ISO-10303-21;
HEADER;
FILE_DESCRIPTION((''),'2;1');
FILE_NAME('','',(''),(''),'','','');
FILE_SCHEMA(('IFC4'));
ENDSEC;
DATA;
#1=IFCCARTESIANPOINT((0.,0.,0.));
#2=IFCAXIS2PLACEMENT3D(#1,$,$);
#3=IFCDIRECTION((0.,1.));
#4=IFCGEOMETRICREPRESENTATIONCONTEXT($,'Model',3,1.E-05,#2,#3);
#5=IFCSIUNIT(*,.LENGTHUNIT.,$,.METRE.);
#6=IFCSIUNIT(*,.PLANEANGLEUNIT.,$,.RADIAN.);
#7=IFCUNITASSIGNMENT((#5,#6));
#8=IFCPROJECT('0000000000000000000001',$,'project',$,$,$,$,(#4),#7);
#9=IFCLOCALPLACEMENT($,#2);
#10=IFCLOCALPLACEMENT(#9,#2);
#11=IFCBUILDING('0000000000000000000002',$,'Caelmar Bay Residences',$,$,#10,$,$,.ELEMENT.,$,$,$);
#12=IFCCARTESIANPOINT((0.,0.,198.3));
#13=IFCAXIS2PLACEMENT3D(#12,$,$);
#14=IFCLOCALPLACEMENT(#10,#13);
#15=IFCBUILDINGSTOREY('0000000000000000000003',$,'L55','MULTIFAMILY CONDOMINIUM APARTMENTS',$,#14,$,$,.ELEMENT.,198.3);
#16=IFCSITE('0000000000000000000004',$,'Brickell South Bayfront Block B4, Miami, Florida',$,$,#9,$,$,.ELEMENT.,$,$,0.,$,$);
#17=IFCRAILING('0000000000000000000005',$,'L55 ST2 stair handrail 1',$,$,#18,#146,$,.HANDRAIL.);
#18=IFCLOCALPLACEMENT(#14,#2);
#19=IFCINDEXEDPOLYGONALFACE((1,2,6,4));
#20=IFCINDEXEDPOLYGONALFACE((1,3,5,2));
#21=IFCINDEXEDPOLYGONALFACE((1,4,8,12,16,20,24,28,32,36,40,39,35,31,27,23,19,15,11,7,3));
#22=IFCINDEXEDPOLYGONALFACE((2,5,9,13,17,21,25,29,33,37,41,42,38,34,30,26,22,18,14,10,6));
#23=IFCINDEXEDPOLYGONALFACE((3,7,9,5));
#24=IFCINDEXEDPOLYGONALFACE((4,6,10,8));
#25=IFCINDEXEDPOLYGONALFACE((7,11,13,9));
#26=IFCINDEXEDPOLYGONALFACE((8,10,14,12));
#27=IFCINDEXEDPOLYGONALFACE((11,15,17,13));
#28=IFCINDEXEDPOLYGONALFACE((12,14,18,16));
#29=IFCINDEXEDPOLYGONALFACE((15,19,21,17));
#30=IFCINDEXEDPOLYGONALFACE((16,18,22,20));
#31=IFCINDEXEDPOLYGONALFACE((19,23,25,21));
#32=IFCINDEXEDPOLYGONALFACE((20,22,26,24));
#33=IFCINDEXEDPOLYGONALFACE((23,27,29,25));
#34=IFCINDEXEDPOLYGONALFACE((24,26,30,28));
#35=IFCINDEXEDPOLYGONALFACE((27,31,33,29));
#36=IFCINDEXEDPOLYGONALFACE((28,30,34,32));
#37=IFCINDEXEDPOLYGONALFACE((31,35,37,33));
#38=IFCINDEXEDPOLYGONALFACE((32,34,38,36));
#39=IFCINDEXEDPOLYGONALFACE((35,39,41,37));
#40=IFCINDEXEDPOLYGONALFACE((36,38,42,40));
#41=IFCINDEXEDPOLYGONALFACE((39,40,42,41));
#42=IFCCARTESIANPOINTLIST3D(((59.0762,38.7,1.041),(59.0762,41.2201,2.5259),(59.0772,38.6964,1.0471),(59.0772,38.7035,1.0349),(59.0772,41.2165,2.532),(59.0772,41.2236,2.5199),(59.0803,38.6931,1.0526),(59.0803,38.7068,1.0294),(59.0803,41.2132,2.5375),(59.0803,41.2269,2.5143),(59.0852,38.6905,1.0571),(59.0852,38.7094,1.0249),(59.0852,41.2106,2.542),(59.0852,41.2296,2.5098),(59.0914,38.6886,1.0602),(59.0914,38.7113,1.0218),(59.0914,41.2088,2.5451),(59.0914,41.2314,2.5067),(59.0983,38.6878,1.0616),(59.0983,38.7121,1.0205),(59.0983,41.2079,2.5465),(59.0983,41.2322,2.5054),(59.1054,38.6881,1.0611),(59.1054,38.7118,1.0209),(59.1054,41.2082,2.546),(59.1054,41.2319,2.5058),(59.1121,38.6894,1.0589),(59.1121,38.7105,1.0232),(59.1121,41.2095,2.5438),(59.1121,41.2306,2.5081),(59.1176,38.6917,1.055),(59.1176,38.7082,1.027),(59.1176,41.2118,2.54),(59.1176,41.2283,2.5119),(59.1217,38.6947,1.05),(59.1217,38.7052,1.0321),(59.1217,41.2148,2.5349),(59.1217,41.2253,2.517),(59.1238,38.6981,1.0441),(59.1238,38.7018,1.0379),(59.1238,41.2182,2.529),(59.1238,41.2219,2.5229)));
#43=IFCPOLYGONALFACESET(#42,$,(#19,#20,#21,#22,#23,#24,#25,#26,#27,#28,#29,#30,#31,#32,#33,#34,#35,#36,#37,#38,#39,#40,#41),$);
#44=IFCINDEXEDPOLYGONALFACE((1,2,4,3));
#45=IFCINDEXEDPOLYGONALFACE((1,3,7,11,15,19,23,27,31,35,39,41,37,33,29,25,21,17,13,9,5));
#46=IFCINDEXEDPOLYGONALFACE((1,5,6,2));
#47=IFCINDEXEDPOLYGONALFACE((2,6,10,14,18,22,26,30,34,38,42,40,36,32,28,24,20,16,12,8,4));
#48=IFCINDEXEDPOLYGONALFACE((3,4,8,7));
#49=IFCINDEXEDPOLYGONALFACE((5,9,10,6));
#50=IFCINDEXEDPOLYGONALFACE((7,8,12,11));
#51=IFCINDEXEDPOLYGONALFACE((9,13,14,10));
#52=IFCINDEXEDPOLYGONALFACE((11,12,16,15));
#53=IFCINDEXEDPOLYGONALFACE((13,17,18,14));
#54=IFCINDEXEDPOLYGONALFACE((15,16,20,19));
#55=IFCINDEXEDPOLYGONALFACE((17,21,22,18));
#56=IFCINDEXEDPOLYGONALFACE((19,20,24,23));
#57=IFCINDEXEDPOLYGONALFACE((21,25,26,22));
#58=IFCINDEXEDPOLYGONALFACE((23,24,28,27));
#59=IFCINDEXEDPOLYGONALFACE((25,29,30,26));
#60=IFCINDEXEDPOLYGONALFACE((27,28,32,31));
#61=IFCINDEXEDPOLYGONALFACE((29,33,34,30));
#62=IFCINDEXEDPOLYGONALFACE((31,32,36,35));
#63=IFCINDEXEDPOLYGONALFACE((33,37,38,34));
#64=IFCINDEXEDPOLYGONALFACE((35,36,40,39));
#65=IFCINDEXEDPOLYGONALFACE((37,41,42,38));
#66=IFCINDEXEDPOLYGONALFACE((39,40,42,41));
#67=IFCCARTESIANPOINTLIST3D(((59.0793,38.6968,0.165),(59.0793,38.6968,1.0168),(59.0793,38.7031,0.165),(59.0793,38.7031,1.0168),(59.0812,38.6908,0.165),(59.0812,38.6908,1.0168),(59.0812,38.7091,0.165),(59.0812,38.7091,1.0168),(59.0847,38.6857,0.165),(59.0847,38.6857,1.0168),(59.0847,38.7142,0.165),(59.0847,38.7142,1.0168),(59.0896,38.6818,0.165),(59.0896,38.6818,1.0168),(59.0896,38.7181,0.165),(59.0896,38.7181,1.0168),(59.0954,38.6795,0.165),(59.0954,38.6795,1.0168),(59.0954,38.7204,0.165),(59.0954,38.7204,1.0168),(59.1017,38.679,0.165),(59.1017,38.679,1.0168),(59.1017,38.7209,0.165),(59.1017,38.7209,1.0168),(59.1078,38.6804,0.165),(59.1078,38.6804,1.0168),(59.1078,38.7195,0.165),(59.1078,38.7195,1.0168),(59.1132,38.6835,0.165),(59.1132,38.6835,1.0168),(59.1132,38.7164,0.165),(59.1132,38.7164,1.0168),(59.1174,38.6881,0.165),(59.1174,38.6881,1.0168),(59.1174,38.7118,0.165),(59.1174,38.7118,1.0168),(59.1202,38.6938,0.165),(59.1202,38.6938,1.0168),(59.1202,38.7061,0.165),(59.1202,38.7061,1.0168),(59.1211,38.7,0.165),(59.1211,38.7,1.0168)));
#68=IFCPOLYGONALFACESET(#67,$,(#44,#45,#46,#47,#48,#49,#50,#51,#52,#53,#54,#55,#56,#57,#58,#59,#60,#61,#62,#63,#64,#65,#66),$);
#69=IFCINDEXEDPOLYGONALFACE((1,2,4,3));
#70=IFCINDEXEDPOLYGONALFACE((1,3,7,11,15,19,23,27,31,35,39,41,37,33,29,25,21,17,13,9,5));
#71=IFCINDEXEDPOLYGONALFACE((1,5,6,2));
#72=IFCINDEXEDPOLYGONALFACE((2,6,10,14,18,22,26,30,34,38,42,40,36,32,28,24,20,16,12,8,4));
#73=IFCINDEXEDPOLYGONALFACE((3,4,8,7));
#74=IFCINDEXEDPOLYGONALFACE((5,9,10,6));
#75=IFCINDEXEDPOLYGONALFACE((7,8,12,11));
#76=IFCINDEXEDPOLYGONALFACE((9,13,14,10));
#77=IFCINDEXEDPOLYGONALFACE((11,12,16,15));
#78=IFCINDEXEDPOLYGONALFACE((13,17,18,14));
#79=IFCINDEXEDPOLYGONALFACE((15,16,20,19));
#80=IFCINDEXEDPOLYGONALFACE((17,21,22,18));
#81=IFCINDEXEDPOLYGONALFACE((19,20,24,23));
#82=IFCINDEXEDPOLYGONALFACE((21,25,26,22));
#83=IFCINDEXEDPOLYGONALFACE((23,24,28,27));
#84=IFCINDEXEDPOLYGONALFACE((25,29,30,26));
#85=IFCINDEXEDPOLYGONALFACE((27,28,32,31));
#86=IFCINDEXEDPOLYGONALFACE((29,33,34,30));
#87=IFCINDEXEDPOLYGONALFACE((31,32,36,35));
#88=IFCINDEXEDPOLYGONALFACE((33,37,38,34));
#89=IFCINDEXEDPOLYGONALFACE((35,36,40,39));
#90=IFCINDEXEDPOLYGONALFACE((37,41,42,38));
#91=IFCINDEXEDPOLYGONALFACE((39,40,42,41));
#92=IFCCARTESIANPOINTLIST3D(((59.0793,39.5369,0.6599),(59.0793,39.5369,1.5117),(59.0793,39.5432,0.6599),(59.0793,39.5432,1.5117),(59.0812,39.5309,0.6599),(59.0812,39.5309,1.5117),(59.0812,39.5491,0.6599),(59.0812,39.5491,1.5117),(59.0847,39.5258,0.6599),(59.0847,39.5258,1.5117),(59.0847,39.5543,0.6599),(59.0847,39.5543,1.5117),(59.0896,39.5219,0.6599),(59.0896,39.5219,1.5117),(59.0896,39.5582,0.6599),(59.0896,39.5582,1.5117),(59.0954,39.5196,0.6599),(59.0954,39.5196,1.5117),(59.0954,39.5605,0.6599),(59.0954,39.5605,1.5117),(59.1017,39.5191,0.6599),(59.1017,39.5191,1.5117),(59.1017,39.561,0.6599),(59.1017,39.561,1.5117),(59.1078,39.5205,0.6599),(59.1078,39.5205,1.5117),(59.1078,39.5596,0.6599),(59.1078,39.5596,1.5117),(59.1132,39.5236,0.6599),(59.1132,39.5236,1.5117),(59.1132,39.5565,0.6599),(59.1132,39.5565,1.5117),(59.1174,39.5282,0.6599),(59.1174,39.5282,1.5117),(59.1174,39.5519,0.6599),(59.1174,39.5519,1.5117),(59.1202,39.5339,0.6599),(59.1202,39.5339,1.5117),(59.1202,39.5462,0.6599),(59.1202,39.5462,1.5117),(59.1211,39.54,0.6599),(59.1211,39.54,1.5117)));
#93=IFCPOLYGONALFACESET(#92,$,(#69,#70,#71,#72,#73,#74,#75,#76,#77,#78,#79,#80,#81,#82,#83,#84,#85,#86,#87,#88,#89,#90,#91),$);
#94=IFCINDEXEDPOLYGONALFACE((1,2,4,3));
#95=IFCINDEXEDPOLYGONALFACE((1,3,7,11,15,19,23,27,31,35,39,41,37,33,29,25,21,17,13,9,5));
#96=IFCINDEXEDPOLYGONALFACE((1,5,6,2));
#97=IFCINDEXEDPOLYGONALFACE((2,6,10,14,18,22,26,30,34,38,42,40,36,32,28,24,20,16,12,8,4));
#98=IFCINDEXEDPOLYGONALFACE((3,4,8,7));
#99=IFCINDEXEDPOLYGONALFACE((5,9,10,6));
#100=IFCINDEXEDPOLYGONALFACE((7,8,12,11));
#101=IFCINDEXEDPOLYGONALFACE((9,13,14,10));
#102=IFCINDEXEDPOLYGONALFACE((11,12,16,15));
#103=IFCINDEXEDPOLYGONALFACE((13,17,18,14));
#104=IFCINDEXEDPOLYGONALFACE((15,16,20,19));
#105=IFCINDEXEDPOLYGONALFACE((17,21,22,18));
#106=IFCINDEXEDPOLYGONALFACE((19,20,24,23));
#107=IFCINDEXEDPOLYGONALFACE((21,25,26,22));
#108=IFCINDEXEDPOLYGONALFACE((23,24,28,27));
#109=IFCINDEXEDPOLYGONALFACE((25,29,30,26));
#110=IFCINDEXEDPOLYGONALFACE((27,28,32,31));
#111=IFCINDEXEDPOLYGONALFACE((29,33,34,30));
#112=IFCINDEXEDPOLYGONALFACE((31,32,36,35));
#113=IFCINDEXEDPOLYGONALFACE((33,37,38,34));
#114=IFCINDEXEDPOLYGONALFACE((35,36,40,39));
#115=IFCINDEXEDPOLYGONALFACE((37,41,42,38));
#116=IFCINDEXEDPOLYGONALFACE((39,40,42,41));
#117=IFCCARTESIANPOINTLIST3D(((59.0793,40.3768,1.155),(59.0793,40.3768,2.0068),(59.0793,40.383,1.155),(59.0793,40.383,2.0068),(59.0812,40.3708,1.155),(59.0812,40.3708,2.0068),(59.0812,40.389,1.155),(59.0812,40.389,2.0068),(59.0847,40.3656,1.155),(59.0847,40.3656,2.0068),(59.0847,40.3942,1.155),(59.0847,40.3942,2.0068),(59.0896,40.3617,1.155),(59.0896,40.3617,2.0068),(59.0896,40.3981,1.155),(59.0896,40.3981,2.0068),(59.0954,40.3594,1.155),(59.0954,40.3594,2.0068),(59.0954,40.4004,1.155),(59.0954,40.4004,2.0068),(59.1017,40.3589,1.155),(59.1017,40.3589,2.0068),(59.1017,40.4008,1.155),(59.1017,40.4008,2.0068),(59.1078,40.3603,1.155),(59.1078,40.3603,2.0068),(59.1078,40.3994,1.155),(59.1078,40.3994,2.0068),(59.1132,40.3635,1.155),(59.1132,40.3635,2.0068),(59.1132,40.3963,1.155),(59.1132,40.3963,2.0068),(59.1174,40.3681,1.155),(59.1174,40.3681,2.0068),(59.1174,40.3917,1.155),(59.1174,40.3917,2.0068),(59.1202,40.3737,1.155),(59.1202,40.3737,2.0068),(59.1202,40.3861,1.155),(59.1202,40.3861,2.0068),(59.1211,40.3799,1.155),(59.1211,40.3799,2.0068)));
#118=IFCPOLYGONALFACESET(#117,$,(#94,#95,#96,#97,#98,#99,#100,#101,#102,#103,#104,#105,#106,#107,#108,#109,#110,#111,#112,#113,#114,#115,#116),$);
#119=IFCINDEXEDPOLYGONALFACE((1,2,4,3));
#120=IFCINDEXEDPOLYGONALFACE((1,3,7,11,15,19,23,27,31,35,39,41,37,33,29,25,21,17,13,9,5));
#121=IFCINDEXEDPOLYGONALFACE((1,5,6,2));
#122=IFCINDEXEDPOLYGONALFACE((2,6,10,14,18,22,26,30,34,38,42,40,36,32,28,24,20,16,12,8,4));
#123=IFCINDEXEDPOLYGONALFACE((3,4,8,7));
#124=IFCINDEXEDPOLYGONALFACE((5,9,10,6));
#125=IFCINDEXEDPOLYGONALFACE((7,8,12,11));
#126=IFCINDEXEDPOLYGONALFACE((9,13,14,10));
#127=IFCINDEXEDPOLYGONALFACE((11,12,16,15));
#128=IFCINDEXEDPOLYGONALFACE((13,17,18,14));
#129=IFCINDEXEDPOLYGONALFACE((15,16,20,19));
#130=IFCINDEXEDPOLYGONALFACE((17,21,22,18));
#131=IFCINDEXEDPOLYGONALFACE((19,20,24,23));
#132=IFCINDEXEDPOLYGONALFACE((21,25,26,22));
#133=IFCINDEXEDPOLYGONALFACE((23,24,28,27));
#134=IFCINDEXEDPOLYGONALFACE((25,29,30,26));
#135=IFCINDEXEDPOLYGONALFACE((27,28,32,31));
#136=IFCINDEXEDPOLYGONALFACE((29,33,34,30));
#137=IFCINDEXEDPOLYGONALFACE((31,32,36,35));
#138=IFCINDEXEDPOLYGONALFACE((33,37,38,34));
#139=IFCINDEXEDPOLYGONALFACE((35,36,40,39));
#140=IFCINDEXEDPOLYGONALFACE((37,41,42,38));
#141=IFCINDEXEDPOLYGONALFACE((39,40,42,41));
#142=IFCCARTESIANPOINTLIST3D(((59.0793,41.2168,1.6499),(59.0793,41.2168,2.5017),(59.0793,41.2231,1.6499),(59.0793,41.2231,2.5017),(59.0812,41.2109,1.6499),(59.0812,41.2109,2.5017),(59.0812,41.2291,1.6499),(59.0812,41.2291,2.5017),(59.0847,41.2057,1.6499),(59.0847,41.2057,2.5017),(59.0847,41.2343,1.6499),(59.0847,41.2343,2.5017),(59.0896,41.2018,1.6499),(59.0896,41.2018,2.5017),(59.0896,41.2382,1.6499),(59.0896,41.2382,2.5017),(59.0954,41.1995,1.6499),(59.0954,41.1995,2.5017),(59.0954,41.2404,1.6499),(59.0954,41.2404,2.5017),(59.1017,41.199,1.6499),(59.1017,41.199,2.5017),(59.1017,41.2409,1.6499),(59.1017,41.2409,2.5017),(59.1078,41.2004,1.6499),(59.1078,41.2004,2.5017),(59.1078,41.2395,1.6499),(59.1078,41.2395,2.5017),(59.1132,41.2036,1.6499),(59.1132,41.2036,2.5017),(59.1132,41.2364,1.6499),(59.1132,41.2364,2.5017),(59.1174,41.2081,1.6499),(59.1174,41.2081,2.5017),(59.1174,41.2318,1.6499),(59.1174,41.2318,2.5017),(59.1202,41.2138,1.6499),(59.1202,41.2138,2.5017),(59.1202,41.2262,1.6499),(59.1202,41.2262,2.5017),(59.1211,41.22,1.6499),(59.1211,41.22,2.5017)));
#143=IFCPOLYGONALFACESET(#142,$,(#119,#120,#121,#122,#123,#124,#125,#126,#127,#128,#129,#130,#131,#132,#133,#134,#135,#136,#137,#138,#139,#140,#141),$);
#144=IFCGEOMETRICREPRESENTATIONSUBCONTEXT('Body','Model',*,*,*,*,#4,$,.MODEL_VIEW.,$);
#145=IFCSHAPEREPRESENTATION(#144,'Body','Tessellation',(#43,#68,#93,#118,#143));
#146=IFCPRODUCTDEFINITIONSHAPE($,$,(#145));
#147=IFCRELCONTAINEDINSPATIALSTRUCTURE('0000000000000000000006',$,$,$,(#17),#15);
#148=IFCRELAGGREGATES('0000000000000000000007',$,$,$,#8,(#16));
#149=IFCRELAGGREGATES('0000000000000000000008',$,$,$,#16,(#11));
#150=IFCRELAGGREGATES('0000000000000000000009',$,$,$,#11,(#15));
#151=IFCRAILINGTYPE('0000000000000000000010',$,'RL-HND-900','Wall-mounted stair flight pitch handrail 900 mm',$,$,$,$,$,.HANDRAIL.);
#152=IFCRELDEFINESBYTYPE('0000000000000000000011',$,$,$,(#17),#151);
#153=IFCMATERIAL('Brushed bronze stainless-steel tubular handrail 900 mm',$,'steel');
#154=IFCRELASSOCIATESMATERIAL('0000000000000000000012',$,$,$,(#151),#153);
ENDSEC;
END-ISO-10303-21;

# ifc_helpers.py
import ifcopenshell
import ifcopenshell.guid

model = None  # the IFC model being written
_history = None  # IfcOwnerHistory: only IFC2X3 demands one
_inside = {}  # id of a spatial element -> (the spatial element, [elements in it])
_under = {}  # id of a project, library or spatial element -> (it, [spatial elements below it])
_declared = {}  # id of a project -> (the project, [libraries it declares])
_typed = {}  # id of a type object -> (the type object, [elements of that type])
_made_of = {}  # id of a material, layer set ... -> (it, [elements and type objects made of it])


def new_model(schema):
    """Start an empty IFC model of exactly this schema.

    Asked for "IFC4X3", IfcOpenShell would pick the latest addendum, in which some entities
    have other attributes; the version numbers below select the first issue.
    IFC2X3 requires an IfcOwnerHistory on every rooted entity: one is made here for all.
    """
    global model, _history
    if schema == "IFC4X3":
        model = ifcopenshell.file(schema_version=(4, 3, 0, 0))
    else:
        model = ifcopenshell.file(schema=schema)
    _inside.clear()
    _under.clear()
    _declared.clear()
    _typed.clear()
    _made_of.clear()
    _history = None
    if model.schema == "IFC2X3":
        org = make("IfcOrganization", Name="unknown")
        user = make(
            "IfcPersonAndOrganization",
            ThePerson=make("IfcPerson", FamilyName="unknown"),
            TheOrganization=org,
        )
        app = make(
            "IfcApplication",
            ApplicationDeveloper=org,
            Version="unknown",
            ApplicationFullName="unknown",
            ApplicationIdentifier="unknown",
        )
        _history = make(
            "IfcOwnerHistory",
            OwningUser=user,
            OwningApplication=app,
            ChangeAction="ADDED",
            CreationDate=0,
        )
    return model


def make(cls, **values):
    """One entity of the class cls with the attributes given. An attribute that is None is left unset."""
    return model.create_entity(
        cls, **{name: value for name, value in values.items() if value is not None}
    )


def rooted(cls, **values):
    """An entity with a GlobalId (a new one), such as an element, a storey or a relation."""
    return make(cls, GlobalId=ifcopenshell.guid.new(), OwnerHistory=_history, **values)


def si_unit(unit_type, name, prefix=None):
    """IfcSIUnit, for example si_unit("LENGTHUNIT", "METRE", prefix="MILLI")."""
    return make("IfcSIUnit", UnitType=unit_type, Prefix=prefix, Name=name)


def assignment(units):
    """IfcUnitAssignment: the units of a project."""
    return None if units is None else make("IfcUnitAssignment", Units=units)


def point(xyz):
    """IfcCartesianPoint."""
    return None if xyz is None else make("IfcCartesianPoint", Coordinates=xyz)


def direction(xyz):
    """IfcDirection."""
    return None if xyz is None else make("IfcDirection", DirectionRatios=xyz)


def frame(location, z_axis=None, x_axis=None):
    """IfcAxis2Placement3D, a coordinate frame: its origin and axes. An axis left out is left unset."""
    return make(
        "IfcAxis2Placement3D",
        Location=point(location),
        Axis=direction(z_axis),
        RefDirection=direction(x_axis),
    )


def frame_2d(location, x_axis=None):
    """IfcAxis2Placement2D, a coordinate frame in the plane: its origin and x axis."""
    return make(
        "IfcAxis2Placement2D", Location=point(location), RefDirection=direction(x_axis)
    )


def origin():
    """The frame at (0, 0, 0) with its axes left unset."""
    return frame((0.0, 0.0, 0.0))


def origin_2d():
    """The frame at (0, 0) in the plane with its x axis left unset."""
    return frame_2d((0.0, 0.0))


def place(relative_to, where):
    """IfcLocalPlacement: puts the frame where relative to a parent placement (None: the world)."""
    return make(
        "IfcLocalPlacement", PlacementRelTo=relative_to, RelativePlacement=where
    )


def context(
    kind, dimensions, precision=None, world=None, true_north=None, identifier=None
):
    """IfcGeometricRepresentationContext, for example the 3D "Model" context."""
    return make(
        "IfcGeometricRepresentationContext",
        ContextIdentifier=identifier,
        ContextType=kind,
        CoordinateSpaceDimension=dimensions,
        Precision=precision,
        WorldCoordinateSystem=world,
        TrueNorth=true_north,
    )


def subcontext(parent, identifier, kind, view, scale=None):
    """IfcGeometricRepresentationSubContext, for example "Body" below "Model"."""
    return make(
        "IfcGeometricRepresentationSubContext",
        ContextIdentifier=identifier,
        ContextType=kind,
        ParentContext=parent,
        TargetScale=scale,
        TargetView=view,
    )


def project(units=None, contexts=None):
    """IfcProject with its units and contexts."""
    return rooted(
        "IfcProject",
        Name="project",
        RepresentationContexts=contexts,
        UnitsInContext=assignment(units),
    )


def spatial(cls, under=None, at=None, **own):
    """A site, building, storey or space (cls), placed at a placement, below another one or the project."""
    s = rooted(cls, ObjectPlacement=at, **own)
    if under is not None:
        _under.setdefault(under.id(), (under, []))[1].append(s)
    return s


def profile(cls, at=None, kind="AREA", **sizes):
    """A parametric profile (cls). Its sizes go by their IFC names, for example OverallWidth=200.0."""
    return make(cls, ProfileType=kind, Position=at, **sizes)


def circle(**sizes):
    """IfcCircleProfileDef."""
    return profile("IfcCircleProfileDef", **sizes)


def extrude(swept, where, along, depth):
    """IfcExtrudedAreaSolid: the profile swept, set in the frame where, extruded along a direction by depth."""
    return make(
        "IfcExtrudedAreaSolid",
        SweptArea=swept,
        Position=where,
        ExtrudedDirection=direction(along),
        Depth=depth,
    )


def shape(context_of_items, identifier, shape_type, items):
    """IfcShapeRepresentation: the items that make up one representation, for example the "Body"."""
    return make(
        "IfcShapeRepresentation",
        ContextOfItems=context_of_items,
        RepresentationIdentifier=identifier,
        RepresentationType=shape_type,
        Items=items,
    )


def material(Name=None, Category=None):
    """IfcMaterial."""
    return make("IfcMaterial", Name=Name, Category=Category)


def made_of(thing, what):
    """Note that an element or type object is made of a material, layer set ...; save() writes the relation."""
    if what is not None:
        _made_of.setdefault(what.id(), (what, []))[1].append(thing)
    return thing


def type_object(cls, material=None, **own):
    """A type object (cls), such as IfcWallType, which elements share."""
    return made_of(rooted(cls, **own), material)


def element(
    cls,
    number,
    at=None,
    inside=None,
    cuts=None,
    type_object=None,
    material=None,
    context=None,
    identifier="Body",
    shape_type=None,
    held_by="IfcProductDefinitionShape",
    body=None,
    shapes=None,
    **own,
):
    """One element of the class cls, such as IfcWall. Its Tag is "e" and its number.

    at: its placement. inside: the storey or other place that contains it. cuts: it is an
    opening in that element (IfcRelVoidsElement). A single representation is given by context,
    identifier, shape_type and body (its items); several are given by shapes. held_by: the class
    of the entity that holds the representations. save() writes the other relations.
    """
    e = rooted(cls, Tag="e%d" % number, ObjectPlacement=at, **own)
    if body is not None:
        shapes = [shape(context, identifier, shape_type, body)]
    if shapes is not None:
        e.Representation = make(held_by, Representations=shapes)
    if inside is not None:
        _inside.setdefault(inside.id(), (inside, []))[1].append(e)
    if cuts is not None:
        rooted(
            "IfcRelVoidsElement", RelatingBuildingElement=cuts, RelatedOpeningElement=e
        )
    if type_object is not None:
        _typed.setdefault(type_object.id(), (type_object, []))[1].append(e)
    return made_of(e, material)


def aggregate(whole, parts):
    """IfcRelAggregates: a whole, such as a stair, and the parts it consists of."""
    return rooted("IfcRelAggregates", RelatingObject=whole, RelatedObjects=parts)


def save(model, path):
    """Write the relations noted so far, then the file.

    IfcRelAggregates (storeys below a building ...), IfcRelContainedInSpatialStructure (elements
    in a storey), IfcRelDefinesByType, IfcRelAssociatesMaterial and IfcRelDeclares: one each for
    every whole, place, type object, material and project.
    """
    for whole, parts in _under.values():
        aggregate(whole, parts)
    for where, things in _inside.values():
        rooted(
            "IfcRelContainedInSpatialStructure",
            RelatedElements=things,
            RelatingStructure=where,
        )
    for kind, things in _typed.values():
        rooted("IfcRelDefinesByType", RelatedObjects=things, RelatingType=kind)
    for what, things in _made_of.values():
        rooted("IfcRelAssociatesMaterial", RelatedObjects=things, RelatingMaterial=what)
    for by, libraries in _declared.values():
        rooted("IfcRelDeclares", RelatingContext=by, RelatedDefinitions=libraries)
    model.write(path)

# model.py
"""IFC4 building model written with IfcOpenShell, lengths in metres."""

from ifc_helpers import new_model, si_unit, direction, frame, origin, origin_2d, place, context, subcontext, project, spatial, circle, extrude, material, type_object, element, save


model = new_model("IFC4")

# Units and contexts
model_context = context("Model", 3, precision=1e-05, world=origin(), true_north=direction((0.0, 1.0)))
body_context = subcontext(model_context, "Body", "Model", "MODEL_VIEW")
ifc_project = project(units=[si_unit("LENGTHUNIT", "METRE"), si_unit("PLANEANGLEUNIT", "RADIAN")], contexts=[model_context])

# Site, building, storey
site_placement = place(None, origin())
site = spatial("IfcSite", under=ifc_project, at=site_placement, Name="Brickell South Bayfront Block B4, Miami, Florida", CompositionType="ELEMENT", RefElevation=0.0)
building_placement = place(site_placement, origin())
building = spatial("IfcBuilding", under=site, at=building_placement, Name="Caelmar Bay Residences", CompositionType="ELEMENT")
storey_placement = place(building_placement, frame((0.0, 0.0, 198.3)))
storey = spatial("IfcBuildingStorey", under=building, at=storey_placement, Name="L55", Description="MULTIFAMILY CONDOMINIUM APARTMENTS", CompositionType="ELEMENT", Elevation=198.3)

# Railing
ifc_material_1 = material(Name="Brushed bronze stainless-steel tubular handrail 900 mm", Category="steel")
railing_type_1 = type_object("IfcRailingType", Name="RL-HND-900", Description="Wall-mounted stair flight pitch handrail 900 mm", PredefinedType="HANDRAIL", material=ifc_material_1)
railing_1_placement = place(storey_placement, frame((59.1001, 38.7, 0.165)))
element("IfcRailing", 1, at=railing_1_placement, inside=storey, type_object=railing_type_1, Name="L55 ST2 stair handrail 1", PredefinedType="HANDRAIL", context=body_context, shape_type="SweptSolid", body=[
    extrude(circle(Radius=0.0239, at=origin_2d()), frame((0.0, 0.0, 0.876), z_axis=(0.0, 0.861561, 0.507655), x_axis=(-1.0, 0.0, 0.0)), (0.0, 0.0, 1.0), 2.925),
    extrude(circle(Radius=0.021, at=origin_2d()), origin(), (0.0, 0.0, 1.0), 0.8518),
    extrude(circle(Radius=0.021, at=origin_2d()), frame((0.0, 0.8401, 0.4949)), (0.0, 0.0, 1.0), 0.8518),
    extrude(circle(Radius=0.021, at=origin_2d()), frame((0.0, 1.6799, 0.99)), (0.0, 0.0, 1.0), 0.8518),
    extrude(circle(Radius=0.021, at=origin_2d()), frame((0.0, 2.52, 1.4849)), (0.0, 0.0, 1.0), 0.8518),
])

save(model, "model.ifc")
